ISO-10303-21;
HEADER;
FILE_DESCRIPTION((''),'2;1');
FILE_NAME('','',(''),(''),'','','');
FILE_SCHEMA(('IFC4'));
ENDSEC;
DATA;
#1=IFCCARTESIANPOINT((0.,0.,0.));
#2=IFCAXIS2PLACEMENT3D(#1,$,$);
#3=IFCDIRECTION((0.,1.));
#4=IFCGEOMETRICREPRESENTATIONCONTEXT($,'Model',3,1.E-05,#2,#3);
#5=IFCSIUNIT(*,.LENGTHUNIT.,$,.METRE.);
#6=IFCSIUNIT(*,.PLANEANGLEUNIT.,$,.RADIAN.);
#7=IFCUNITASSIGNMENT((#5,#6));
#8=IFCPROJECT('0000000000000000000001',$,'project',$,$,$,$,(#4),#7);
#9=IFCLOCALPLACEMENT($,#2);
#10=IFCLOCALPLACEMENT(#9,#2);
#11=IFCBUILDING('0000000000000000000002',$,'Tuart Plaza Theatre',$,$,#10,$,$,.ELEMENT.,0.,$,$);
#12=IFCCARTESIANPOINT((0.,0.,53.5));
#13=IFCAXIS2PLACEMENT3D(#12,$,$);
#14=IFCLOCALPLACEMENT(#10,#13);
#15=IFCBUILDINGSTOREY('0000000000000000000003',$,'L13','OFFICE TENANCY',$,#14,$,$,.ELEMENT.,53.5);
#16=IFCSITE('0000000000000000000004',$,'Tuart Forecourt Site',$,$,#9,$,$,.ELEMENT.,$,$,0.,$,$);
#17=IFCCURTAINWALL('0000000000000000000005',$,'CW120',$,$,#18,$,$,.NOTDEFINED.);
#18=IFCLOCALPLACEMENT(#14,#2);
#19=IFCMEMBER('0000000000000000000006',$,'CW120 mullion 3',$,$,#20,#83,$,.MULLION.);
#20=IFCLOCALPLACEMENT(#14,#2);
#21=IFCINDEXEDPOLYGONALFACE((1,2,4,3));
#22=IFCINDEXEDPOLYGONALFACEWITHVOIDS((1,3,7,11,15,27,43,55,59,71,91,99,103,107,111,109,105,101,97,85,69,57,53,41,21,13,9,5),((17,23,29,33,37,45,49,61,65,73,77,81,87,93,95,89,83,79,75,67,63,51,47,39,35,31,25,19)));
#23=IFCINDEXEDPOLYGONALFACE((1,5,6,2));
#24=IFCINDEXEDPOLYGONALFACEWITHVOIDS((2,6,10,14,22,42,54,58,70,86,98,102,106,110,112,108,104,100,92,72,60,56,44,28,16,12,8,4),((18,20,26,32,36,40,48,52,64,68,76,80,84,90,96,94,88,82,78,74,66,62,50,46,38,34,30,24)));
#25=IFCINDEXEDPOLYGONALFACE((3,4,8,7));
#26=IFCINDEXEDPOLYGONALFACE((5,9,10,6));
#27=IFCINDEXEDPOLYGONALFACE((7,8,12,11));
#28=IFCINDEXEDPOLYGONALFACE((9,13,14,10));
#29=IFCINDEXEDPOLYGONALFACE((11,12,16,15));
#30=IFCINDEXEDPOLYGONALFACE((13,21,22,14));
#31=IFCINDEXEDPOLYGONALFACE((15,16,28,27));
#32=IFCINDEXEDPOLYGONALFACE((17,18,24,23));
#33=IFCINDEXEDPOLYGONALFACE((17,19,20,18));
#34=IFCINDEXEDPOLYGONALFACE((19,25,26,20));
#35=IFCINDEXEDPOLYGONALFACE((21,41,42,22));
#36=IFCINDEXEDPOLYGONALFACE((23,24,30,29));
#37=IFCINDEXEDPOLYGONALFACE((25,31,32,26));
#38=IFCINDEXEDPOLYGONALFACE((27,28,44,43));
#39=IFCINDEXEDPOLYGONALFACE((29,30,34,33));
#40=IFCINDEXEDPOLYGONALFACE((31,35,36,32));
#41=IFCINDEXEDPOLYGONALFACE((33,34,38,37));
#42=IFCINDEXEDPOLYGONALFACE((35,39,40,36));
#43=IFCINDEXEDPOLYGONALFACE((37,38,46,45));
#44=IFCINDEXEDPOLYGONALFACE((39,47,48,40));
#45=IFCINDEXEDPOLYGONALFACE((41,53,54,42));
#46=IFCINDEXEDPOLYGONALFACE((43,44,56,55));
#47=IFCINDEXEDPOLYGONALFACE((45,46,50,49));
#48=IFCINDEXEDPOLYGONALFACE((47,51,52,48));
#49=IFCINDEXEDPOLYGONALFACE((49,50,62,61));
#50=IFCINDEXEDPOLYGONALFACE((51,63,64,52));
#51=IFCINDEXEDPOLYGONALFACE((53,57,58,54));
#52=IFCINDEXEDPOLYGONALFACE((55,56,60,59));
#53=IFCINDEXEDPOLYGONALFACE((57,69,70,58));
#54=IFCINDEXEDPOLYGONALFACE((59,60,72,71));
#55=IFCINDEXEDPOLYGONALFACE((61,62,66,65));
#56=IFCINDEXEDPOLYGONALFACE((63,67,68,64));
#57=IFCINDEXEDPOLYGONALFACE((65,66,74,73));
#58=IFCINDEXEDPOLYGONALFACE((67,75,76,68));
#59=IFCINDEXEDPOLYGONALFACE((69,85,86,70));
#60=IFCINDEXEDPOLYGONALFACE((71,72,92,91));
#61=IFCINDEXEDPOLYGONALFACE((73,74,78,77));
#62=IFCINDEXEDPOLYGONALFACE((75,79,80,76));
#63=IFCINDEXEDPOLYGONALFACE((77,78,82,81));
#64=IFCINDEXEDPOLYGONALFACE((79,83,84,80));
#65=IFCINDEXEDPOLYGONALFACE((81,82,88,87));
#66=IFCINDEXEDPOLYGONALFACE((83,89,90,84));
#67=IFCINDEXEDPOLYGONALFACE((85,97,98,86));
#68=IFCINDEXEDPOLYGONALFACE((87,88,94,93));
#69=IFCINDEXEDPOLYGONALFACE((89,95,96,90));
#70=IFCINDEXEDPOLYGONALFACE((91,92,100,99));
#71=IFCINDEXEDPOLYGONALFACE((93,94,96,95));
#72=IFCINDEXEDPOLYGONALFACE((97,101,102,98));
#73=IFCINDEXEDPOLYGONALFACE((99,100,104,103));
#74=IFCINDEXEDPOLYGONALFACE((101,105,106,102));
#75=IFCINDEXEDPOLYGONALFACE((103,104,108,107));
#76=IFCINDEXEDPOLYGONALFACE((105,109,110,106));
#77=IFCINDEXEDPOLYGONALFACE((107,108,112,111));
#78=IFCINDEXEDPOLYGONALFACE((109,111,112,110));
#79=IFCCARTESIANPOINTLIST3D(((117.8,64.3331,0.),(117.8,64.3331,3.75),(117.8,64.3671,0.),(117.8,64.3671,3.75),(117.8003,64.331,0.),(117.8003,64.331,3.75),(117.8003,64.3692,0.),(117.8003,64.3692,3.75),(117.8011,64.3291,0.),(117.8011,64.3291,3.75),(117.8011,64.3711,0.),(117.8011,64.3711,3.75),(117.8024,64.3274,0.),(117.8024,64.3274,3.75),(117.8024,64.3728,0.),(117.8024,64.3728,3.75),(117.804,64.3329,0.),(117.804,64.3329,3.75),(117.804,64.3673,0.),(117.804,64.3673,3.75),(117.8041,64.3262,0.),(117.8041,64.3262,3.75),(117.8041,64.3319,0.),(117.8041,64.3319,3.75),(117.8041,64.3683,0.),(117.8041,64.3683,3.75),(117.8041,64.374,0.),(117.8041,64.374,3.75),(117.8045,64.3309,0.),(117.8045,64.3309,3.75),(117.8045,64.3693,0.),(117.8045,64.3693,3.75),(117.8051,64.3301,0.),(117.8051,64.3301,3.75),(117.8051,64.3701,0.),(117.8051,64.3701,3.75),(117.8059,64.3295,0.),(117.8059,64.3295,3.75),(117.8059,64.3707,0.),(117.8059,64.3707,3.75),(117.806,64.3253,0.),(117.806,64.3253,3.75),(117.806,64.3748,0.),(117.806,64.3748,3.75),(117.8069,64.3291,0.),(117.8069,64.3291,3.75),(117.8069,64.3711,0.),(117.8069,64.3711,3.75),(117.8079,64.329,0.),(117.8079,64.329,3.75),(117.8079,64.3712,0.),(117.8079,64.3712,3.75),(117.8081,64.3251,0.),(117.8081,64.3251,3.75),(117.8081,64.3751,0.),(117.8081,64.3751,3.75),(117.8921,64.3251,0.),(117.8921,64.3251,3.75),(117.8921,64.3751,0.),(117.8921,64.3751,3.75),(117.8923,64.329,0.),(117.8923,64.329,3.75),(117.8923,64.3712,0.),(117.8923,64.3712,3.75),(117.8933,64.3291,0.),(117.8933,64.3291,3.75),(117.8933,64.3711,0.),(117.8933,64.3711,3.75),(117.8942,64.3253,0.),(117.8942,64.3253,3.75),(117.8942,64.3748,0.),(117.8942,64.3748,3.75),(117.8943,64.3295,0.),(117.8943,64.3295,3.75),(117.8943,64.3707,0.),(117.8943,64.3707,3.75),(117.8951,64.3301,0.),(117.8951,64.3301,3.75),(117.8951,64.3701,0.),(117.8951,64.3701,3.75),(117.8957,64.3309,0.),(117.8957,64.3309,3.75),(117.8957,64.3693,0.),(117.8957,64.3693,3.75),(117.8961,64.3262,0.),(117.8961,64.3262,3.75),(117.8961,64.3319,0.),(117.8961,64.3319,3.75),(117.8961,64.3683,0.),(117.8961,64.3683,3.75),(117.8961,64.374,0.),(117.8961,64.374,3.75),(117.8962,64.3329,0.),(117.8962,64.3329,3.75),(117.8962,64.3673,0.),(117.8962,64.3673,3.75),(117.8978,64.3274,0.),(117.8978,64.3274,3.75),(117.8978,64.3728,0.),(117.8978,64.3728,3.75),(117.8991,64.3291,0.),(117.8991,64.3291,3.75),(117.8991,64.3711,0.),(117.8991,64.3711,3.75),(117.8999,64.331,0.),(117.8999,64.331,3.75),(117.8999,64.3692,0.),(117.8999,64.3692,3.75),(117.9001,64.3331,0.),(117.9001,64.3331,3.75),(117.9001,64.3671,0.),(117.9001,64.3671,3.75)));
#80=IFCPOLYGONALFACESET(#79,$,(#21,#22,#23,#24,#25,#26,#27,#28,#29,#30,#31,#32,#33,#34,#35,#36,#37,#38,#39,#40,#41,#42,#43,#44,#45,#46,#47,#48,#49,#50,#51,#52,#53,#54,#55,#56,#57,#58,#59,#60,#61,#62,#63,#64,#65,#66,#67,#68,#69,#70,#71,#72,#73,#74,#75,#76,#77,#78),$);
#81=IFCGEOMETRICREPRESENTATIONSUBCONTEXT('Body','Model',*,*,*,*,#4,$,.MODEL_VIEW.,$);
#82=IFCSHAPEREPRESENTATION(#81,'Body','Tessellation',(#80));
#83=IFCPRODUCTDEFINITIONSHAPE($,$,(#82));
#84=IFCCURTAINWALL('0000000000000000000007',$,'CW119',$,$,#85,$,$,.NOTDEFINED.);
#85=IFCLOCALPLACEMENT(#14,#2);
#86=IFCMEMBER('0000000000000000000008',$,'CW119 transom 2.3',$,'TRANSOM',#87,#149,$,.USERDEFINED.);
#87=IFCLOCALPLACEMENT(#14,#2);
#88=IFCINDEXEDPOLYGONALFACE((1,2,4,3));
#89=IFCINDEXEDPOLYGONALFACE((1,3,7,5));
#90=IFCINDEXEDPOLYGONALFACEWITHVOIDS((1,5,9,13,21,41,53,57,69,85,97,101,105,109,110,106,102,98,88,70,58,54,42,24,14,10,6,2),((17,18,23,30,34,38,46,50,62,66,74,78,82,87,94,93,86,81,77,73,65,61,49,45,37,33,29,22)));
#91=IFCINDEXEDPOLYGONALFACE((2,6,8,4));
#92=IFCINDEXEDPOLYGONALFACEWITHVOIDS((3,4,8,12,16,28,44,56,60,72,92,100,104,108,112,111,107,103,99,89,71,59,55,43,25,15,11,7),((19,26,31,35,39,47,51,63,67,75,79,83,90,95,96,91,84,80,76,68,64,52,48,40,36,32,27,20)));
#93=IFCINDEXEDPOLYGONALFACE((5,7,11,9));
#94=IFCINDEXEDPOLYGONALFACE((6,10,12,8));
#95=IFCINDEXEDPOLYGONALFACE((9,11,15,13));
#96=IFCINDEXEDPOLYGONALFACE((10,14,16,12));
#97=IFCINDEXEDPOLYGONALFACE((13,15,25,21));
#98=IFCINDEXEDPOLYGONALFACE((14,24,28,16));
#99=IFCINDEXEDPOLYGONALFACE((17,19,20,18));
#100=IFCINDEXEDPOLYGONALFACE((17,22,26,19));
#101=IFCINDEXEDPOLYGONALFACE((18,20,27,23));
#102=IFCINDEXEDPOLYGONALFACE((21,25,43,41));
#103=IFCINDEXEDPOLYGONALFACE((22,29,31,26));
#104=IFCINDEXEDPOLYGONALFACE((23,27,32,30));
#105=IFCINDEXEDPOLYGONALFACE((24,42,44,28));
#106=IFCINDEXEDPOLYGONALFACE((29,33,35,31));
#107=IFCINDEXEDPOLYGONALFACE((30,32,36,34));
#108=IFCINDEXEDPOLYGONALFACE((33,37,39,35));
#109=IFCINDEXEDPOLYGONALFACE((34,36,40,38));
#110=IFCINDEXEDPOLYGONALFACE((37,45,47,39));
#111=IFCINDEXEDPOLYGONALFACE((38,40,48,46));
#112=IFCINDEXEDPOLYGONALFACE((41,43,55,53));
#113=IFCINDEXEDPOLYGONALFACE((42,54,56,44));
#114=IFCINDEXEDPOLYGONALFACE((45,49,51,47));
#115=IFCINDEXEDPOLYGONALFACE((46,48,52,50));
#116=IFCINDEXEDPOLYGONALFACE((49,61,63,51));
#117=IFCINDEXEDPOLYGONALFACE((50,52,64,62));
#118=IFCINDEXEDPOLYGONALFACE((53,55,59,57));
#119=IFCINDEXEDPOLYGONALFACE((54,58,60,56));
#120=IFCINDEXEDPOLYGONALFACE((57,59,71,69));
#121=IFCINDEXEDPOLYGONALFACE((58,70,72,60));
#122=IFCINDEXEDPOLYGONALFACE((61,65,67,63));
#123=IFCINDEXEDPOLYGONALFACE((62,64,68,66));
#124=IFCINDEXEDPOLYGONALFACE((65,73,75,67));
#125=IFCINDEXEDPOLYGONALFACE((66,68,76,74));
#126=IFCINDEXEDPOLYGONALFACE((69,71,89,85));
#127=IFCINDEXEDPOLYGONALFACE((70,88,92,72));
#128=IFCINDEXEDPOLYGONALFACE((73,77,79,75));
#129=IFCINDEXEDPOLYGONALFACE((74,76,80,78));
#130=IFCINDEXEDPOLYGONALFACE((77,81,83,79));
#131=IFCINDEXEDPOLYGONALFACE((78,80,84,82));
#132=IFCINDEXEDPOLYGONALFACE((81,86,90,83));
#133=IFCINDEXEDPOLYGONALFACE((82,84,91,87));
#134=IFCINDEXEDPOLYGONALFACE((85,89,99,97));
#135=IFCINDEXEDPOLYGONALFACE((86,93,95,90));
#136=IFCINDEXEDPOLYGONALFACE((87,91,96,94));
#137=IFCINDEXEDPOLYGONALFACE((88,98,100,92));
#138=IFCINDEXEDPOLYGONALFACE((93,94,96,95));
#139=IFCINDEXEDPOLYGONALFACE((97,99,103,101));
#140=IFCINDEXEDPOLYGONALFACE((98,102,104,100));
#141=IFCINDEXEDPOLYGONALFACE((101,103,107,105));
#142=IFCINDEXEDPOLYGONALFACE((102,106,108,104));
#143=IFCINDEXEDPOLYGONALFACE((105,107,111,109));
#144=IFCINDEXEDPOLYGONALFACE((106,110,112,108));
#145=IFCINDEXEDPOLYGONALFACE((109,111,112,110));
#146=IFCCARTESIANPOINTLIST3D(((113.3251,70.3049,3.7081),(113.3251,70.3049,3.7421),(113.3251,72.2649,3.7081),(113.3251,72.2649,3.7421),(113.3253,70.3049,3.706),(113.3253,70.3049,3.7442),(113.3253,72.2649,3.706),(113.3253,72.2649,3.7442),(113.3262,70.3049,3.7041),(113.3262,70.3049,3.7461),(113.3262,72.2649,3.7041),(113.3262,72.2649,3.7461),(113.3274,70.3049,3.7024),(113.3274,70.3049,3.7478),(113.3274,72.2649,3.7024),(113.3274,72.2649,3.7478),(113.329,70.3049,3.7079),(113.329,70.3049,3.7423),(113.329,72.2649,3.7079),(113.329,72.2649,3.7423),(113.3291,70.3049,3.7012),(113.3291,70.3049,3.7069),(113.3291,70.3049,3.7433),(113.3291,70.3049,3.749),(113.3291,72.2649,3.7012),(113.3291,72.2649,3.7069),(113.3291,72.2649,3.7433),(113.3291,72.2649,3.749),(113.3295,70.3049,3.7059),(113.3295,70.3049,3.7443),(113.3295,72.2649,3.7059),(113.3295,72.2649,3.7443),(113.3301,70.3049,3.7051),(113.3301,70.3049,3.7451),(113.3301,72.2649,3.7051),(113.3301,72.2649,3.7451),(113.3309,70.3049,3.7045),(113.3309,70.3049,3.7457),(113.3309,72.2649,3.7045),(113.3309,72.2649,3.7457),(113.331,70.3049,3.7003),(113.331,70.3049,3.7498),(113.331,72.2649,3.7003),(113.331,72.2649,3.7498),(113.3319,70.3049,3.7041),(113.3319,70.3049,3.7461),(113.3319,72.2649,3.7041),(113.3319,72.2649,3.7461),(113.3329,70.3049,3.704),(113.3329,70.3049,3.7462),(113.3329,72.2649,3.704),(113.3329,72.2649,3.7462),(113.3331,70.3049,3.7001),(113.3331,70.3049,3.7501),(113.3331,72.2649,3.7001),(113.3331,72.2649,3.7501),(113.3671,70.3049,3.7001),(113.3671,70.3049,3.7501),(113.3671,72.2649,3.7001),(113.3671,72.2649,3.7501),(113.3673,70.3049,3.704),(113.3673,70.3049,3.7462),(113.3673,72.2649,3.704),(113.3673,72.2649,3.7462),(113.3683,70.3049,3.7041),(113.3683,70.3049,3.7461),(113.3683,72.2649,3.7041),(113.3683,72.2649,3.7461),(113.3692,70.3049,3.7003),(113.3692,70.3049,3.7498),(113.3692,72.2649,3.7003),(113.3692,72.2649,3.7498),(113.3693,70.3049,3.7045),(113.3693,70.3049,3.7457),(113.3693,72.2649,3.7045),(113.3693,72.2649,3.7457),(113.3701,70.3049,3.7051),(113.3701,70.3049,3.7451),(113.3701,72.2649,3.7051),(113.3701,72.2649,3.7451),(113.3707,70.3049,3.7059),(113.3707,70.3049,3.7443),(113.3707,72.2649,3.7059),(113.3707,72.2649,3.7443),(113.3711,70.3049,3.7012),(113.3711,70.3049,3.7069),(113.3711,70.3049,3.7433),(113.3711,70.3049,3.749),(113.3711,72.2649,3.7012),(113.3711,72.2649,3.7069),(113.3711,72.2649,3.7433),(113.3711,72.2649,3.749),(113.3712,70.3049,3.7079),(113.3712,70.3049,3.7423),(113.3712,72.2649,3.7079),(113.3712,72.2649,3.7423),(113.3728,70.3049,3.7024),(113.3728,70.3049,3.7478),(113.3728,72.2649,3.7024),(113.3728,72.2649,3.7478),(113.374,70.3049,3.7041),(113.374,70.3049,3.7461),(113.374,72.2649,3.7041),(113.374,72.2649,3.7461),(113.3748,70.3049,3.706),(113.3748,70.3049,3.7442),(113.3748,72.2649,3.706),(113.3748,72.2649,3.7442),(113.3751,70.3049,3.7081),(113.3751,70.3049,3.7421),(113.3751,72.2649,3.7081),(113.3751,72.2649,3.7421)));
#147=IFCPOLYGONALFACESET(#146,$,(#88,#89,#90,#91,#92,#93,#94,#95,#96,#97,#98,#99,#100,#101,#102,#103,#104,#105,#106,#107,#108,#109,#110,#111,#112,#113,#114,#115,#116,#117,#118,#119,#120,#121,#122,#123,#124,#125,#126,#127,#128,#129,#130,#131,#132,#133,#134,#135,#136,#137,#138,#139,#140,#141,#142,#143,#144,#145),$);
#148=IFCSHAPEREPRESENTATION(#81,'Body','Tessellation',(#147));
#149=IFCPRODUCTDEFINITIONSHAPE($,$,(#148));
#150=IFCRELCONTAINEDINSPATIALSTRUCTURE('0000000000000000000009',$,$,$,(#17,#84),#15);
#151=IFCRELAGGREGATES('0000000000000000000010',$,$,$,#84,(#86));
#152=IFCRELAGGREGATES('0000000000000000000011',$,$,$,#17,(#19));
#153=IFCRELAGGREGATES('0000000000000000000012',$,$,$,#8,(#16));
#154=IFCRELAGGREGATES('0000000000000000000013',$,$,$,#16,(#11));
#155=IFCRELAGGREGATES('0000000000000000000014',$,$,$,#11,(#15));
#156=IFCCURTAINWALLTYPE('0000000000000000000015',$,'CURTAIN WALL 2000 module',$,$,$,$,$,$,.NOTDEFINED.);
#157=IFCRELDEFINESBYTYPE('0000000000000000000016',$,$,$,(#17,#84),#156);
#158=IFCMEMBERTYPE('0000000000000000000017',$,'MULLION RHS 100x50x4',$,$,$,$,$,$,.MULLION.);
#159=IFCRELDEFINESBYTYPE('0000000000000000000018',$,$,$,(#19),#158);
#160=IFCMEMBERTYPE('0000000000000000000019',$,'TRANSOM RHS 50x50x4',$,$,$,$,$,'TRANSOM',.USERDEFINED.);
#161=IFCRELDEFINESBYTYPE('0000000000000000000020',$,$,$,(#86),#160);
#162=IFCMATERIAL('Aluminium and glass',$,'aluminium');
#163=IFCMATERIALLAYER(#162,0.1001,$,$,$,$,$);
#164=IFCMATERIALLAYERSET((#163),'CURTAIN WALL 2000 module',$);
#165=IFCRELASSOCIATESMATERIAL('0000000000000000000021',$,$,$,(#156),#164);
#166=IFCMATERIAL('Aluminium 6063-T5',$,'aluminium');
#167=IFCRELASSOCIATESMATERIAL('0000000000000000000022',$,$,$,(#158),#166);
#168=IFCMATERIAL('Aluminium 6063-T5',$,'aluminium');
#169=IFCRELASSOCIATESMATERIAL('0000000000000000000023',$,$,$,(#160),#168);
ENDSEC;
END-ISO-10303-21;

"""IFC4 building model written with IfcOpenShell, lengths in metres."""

from ifc_helpers import new_model, si_unit, direction, frame, origin, origin_2d, place, context, subcontext, project, spatial, hollow_rectangle, extrude, material, layer, layer_set, material_profile, profile_set, type_object, element, aggregate, save


model = new_model("IFC4")

# Units and contexts
model_context = context("Model", 3, precision=1e-05, world=origin(), true_north=direction((0.0, 1.0)))
body_context = subcontext(model_context, "Body", "Model", "MODEL_VIEW")
ifc_project = project(units=[si_unit("LENGTHUNIT", "METRE"), si_unit("PLANEANGLEUNIT", "RADIAN")], contexts=[model_context])

# Site, building, storey
site_placement = place(None, origin())
site = spatial("IfcSite", under=ifc_project, at=site_placement, Name="Tuart Forecourt Site", CompositionType="ELEMENT", RefElevation=0.0)
building_placement = place(site_placement, origin())
building = spatial("IfcBuilding", under=site, at=building_placement, Name="Tuart Plaza Theatre", CompositionType="ELEMENT", ElevationOfRefHeight=0.0)
storey_placement = place(building_placement, frame((0.0, 0.0, 53.5)))
storey = spatial("IfcBuildingStorey", under=building, at=storey_placement, Name="L13", Description="OFFICE TENANCY", CompositionType="ELEMENT", Elevation=53.5)

# Curtain walls, members
ifc_material_1 = material(Name="Aluminium and glass", Category="aluminium")
ifc_layer_1 = layer(ifc_material_1, 0.1001)
ifc_layer_set_1 = layer_set([ifc_layer_1], Name="CURTAIN WALL 2000 module")
curtain_wall_type = type_object("IfcCurtainWallType", Name="CURTAIN WALL 2000 module", PredefinedType="NOTDEFINED", material=ifc_layer_set_1)
curtain_wall_1_placement = place(storey_placement, origin())
curtain_wall_1 = element("IfcCurtainWall", 1, at=curtain_wall_1_placement, inside=storey, type_object=curtain_wall_type, Name="CW120", PredefinedType="NOTDEFINED")
ifc_material_2 = material(Name="Aluminium 6063-T5", Category="aluminium")
ifc_material_profile_1 = material_profile(ifc_material_2, hollow_rectangle(XDim=0.05, YDim=0.1001, WallThickness=0.0039, InnerFilletRadius=0.0039, OuterFilletRadius=0.0081, at=origin_2d()), Name="RHS 100x50x4")
ifc_profile_set_1 = profile_set([ifc_material_profile_1], Name="Aluminium 6063-T5")
member_type_1 = type_object("IfcMemberType", Name="MULLION RHS 100x50x4", PredefinedType="MULLION", material=ifc_profile_set_1)
member_1_placement = place(storey_placement, frame((117.8501, 64.3501, 0.0), z_axis=(0.0, 0.0, 1.0), x_axis=(0.0, 1.0, 0.0)))
member_1 = element("IfcMember", 2, at=member_1_placement, type_object=member_type_1, Name="CW120 mullion 3", PredefinedType="MULLION", context=body_context, shape_type="SweptSolid", body=[
    extrude(hollow_rectangle(XDim=0.05, YDim=0.1001, WallThickness=0.0039, InnerFilletRadius=0.0039, OuterFilletRadius=0.0081, at=origin_2d()), origin(), (0.0, 0.0, 1.0), 3.75),
])
curtain_wall_2_placement = place(storey_placement, origin())
curtain_wall_2 = element("IfcCurtainWall", 3, at=curtain_wall_2_placement, inside=storey, type_object=curtain_wall_type, Name="CW119", PredefinedType="NOTDEFINED")
ifc_material_3 = material(Name="Aluminium 6063-T5", Category="aluminium")
ifc_material_profile_2 = material_profile(ifc_material_3, hollow_rectangle(XDim=0.05, YDim=0.05, WallThickness=0.0039, InnerFilletRadius=0.0039, OuterFilletRadius=0.0081, at=origin_2d()), Name="RHS 50x50x4")
ifc_profile_set_2 = profile_set([ifc_material_profile_2], Name="Aluminium 6063-T5")
member_type_2 = type_object("IfcMemberType", Name="TRANSOM RHS 50x50x4", ElementType="TRANSOM", PredefinedType="USERDEFINED", material=ifc_profile_set_2)
member_2_placement = place(storey_placement, frame((113.3501, 72.2649, 3.7251), z_axis=(0.0, -1.0, 0.0), x_axis=(1.0, 0.0, 0.0)))
member_2 = element("IfcMember", 4, at=member_2_placement, type_object=member_type_2, Name="CW119 transom 2.3", ObjectType="TRANSOM", PredefinedType="USERDEFINED", context=body_context, shape_type="SweptSolid", body=[
    extrude(hollow_rectangle(XDim=0.05, YDim=0.05, WallThickness=0.0039, InnerFilletRadius=0.0039, OuterFilletRadius=0.0081, at=origin_2d()), origin(), (0.0, 0.0, 1.0), 1.96),
])

aggregate(curtain_wall_2, [member_2])
aggregate(curtain_wall_1, [member_1])

save(model, "model.ifc")
